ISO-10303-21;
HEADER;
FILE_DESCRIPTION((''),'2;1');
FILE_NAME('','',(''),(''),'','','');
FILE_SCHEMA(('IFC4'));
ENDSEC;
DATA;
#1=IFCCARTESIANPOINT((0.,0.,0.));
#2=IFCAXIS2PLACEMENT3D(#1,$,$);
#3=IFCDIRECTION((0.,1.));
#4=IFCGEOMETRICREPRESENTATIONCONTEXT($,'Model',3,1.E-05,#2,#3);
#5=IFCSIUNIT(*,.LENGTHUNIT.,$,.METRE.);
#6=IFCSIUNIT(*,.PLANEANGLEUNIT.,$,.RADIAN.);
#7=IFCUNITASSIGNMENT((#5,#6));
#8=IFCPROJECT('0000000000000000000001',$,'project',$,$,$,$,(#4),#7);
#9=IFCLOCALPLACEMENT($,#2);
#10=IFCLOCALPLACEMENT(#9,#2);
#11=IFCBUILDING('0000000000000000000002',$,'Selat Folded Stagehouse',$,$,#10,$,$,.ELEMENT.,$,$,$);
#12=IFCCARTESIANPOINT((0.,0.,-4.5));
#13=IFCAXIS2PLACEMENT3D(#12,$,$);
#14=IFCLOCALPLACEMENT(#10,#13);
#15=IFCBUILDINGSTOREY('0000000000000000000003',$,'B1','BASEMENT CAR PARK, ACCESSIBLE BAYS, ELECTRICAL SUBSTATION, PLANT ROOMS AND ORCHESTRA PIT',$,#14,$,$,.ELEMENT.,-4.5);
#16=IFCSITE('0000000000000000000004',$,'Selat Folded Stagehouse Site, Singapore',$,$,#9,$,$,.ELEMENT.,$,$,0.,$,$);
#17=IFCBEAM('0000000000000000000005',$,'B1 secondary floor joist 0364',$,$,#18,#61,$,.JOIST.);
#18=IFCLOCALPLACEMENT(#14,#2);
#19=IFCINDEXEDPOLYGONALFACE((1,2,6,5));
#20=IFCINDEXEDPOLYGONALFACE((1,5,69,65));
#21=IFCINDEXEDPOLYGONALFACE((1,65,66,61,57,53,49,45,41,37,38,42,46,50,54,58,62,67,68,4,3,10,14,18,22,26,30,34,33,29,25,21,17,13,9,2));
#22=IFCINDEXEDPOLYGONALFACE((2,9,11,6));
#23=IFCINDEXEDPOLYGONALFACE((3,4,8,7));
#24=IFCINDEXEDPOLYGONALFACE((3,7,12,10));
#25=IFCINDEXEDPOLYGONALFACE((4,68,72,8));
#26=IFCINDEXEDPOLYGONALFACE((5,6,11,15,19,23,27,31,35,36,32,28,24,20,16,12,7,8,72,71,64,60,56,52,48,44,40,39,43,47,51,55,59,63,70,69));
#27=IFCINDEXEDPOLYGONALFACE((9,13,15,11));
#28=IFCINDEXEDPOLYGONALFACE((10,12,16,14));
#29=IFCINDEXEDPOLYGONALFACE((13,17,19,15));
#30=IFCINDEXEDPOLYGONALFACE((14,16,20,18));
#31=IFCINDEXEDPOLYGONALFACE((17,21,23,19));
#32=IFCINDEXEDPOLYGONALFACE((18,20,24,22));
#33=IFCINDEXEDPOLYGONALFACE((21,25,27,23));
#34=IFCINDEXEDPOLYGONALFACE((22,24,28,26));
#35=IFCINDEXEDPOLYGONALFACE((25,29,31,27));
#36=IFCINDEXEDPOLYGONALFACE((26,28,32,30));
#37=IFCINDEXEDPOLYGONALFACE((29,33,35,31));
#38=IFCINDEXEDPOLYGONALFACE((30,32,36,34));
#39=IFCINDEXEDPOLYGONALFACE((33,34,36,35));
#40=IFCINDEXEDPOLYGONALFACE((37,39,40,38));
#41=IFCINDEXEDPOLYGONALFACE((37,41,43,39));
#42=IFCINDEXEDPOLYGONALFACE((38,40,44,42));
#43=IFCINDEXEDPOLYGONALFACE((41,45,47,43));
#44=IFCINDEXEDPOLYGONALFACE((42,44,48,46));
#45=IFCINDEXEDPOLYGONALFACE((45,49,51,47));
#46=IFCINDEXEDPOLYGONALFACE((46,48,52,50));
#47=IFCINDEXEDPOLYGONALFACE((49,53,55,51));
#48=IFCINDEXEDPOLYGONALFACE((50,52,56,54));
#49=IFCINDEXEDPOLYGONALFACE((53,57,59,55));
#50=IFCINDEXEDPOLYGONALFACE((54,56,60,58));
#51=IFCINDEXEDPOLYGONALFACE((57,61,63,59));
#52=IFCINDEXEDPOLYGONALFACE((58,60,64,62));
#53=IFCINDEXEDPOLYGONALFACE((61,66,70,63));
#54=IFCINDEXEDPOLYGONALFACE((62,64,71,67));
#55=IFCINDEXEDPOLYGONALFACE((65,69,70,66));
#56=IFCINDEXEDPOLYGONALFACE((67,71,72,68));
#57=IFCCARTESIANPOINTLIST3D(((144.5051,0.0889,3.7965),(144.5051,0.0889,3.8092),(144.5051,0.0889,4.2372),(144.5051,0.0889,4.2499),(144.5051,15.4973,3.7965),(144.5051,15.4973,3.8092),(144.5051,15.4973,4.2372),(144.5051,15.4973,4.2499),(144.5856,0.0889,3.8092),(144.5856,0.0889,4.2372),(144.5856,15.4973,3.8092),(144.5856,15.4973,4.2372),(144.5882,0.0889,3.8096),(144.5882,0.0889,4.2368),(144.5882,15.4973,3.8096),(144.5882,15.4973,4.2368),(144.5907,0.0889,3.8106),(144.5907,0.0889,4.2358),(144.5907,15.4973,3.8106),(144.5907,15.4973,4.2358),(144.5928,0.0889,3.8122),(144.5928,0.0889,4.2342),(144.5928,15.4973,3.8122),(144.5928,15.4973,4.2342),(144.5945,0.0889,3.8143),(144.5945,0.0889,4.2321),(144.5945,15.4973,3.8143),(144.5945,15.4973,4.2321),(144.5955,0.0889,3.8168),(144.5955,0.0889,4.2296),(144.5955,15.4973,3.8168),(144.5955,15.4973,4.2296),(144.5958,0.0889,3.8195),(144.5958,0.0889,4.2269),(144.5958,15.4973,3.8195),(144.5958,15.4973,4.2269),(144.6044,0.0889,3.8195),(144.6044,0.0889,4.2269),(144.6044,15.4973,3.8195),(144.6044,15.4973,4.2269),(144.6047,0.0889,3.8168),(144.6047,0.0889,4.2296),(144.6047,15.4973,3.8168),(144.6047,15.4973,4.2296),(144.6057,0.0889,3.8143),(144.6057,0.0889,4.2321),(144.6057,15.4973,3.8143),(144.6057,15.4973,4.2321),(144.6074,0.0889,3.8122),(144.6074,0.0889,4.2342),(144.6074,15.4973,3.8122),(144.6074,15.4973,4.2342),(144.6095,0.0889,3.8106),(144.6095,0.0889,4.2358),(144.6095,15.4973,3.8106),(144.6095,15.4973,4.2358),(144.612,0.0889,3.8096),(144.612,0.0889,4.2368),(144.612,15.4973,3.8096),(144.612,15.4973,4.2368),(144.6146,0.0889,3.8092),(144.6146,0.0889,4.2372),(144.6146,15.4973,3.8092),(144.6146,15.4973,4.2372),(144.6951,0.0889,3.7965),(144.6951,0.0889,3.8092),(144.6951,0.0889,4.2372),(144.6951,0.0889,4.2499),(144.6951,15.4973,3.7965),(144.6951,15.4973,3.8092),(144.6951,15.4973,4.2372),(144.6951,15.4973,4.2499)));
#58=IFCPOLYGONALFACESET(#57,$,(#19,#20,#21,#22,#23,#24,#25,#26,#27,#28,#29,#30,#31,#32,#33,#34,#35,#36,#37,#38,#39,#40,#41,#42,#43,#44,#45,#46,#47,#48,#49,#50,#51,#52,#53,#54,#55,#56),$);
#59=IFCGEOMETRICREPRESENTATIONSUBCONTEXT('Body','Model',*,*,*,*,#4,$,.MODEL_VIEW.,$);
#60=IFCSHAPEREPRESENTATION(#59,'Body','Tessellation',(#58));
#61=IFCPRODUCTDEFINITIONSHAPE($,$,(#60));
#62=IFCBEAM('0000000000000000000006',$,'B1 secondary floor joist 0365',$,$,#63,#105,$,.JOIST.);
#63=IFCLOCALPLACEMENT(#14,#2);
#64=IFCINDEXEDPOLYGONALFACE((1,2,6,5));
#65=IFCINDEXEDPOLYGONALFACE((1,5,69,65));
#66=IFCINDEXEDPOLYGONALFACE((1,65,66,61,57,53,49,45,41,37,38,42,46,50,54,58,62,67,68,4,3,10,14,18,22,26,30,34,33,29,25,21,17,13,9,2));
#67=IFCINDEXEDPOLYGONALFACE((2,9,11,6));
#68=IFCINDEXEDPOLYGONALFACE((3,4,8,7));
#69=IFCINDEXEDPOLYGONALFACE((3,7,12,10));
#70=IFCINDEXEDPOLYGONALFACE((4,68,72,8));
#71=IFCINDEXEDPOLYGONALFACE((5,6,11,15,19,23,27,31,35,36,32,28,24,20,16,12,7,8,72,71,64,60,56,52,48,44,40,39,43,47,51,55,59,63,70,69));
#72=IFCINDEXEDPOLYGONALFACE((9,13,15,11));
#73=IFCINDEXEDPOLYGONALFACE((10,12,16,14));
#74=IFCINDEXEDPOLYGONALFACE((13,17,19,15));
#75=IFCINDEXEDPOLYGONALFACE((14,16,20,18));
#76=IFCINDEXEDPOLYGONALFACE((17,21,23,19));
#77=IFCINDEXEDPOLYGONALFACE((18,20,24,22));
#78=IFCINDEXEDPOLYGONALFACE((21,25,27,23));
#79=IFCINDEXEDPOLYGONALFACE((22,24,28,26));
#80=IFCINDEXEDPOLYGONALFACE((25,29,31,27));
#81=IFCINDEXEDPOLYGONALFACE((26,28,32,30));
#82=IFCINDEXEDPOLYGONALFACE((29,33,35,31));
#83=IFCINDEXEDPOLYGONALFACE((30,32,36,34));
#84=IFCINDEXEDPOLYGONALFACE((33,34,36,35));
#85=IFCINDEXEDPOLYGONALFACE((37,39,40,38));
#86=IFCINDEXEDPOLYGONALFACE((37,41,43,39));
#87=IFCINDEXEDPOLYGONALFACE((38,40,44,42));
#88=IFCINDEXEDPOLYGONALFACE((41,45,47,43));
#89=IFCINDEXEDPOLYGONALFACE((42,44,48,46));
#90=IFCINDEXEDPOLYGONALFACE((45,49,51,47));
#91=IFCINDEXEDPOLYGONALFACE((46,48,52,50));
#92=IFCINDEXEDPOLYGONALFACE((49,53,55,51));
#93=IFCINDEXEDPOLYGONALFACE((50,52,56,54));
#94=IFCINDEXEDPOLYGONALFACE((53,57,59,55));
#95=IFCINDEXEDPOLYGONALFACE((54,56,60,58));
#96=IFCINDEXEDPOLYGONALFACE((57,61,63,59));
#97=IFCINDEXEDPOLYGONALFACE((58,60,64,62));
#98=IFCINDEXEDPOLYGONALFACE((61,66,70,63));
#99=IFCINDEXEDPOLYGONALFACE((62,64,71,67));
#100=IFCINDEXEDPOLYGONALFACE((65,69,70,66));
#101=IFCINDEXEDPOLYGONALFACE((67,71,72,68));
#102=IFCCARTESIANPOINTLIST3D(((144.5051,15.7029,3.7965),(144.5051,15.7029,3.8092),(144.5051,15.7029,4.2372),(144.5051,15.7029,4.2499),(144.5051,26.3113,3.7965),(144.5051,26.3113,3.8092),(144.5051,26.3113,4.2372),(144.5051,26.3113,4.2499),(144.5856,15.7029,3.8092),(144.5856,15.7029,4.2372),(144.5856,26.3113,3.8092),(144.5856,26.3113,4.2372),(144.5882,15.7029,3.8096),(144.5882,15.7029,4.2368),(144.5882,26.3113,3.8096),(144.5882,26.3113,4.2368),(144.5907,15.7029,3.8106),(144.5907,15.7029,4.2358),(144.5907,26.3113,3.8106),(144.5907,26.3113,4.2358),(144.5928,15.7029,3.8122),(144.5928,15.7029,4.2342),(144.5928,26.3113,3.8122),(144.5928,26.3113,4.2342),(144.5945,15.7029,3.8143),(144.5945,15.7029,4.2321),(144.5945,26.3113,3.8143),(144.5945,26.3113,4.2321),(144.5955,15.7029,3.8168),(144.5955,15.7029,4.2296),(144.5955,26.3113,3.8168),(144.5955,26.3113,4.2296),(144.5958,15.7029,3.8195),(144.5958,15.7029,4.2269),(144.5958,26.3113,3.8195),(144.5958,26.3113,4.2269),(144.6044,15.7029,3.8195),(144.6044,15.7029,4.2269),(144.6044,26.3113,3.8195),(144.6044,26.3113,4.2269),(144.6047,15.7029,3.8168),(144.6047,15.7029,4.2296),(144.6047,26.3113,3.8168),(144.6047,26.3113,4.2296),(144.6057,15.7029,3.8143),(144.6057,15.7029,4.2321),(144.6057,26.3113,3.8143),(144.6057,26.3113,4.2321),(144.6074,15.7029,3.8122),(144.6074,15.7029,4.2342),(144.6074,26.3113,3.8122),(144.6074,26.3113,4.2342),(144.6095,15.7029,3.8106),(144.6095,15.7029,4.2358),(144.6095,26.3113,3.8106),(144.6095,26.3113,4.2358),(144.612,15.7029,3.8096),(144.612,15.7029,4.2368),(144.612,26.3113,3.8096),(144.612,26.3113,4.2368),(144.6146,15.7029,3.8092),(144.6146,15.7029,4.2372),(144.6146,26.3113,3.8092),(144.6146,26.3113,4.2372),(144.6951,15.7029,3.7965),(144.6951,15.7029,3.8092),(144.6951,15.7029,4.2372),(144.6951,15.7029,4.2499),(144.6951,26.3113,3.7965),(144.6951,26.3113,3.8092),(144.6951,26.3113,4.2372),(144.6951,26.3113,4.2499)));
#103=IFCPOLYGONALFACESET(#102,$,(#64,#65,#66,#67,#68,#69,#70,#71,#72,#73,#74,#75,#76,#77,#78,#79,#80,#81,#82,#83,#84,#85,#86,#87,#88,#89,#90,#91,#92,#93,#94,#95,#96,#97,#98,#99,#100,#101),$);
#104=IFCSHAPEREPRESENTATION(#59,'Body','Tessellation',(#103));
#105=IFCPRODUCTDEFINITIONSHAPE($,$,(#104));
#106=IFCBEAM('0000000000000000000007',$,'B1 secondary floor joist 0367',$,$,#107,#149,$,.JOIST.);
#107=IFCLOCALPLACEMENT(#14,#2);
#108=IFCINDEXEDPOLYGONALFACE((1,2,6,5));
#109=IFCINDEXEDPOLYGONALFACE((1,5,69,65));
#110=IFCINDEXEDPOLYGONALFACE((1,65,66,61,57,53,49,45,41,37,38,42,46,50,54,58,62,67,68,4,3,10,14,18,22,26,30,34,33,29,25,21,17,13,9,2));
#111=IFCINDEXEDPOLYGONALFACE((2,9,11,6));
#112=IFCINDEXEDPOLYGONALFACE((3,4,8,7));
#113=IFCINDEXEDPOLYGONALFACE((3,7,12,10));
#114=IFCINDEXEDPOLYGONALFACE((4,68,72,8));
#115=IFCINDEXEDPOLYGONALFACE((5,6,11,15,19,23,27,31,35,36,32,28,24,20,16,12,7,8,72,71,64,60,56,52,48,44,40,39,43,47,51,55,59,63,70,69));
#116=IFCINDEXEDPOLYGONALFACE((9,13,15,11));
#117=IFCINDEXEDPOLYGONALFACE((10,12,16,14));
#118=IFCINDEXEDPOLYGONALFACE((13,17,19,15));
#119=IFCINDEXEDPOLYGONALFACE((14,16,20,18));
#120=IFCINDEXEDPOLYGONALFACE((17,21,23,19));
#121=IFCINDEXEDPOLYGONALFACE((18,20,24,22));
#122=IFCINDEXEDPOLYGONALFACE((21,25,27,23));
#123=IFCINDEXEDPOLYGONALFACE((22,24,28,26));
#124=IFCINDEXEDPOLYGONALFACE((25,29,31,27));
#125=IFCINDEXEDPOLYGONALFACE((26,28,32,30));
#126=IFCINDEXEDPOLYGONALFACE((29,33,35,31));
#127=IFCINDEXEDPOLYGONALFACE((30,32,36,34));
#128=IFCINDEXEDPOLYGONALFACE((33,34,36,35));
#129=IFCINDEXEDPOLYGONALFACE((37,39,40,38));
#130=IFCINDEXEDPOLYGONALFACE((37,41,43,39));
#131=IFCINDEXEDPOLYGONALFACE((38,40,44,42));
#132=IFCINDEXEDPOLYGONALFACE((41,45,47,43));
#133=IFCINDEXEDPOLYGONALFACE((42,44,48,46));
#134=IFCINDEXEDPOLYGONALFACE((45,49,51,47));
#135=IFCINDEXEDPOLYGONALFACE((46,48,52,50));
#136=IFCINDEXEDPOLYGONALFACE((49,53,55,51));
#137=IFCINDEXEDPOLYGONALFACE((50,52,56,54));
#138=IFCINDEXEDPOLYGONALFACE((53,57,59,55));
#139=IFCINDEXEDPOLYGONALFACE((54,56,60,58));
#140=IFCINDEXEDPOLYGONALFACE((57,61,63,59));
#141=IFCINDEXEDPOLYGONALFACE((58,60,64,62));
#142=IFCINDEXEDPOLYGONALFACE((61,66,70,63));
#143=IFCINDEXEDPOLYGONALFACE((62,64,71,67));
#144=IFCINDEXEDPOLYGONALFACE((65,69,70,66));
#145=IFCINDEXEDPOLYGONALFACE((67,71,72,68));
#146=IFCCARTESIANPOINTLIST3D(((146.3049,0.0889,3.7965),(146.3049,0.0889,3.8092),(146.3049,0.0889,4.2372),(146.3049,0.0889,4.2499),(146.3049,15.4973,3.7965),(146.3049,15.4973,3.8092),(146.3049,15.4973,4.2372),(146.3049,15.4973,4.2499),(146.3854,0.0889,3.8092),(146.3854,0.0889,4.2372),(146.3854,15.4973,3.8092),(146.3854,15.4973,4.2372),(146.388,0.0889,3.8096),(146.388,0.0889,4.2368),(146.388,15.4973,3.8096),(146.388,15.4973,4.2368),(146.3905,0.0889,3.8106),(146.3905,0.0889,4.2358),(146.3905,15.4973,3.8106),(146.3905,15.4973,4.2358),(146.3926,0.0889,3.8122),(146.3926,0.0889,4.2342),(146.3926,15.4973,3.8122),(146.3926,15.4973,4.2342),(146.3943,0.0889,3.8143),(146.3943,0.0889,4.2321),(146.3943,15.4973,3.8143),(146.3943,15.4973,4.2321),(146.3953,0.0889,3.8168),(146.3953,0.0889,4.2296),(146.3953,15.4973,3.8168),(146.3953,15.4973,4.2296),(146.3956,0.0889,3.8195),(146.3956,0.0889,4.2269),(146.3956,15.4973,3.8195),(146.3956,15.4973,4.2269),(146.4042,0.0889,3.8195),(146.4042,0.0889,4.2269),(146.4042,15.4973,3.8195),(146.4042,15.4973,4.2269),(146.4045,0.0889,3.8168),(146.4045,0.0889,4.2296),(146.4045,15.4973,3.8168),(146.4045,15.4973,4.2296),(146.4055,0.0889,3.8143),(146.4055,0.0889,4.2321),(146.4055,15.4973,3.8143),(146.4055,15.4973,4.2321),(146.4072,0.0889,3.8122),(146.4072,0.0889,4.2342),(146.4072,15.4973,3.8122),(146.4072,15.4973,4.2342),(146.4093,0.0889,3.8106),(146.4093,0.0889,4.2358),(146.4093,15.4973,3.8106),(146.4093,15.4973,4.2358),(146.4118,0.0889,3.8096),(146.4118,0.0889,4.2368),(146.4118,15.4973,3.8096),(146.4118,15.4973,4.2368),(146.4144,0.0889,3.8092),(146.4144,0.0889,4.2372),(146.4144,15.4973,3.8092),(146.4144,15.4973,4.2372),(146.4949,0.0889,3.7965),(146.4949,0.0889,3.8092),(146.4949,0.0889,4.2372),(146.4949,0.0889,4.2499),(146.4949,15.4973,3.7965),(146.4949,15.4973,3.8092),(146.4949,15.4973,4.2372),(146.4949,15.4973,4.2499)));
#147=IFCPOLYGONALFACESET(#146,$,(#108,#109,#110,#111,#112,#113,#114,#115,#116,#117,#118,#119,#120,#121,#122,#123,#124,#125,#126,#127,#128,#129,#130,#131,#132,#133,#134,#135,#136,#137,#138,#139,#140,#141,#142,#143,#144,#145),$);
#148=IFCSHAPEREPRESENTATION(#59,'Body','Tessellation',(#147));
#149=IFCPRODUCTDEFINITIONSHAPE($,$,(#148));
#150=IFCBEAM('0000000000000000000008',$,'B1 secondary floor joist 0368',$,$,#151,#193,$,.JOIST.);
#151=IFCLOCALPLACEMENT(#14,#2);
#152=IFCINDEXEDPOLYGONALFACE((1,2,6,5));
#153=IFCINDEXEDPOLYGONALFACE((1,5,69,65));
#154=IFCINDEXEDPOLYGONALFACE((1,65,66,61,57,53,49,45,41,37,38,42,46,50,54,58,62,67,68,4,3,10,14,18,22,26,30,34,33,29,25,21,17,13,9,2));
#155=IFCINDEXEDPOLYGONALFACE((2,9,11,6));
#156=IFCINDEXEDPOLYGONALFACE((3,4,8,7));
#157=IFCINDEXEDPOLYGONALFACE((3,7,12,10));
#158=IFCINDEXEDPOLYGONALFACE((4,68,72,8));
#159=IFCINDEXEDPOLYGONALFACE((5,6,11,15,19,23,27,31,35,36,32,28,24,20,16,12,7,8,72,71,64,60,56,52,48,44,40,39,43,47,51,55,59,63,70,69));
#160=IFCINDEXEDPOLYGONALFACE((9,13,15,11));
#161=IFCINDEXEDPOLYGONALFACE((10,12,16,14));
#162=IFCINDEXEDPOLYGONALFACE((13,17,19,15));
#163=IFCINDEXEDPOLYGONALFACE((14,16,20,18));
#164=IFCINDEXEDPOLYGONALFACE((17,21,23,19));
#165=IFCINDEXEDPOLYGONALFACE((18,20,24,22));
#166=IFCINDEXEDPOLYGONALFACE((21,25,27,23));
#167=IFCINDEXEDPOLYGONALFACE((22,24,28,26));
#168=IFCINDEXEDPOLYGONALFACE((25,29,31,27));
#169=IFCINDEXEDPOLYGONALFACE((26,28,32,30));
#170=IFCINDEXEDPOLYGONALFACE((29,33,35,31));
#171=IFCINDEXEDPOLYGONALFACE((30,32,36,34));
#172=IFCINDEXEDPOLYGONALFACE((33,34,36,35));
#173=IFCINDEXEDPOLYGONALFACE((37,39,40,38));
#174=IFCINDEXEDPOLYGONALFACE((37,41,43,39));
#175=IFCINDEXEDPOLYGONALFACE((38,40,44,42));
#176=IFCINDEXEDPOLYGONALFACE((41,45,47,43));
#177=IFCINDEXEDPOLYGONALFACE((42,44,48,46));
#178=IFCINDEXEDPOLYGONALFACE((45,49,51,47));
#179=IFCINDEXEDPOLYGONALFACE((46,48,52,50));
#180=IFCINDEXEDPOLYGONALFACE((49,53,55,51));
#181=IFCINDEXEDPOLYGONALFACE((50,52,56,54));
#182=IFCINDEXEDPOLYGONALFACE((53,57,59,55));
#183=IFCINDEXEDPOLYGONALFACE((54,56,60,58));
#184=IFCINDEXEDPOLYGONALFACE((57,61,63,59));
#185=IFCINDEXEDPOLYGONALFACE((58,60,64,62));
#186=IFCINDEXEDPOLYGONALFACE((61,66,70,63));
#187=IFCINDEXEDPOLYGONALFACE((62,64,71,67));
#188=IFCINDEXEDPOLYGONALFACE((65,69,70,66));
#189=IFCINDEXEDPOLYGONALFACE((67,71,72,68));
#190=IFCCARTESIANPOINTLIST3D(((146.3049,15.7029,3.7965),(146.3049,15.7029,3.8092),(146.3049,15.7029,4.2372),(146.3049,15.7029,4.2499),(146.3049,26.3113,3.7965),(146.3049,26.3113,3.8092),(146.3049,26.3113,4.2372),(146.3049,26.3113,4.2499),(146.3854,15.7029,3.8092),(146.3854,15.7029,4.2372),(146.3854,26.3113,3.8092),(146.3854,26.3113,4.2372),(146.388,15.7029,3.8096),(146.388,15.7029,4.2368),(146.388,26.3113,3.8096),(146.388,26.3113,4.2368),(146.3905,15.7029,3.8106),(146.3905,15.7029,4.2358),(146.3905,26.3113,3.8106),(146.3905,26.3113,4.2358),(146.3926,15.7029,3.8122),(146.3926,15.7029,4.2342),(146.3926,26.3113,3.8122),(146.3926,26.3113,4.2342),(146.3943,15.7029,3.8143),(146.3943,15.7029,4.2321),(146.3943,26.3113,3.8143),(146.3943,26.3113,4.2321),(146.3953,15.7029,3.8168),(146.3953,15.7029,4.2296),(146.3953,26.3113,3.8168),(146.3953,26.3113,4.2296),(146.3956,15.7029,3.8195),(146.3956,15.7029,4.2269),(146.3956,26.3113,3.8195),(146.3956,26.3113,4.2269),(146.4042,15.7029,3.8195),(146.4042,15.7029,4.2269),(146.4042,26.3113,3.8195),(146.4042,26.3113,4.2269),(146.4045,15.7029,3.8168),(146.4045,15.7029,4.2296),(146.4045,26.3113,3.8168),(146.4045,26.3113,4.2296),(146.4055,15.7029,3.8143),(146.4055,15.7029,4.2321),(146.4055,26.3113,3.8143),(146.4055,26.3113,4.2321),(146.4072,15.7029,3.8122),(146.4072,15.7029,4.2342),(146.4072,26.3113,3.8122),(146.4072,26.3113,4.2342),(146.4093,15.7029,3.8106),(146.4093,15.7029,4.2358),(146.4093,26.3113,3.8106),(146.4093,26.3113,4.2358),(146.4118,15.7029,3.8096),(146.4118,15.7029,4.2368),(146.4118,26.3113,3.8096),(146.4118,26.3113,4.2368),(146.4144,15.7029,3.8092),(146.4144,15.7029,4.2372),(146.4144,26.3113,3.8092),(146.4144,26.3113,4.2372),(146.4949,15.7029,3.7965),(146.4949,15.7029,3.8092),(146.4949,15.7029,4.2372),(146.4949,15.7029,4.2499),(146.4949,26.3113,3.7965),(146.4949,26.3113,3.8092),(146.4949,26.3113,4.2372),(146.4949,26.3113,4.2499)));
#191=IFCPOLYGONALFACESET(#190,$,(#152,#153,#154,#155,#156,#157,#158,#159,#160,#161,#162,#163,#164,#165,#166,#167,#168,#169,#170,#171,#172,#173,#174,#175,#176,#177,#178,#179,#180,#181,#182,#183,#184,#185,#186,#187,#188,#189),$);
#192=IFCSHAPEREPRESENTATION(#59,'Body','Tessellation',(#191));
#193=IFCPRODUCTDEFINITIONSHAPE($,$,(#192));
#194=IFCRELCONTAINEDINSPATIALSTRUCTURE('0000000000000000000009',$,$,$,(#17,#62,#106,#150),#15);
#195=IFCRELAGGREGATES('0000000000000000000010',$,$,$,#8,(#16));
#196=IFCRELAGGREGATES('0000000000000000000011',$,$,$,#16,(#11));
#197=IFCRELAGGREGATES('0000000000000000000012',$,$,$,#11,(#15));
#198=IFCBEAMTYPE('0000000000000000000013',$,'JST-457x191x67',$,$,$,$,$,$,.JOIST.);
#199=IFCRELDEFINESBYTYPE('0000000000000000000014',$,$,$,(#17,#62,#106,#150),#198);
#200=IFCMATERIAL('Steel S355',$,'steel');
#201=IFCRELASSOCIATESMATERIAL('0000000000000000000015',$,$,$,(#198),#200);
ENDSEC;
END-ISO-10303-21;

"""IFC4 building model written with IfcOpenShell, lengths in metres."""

from ifc_helpers import new_model, si_unit, direction, frame, origin, origin_2d, place, context, subcontext, project, spatial, i_section, extrude, material, material_profile, profile_set, type_object, element, save


model = new_model("IFC4")

# Units and contexts
model_context = context("Model", 3, precision=1e-05, world=origin(), true_north=direction((0.0, 1.0)))
body_context = subcontext(model_context, "Body", "Model", "MODEL_VIEW")
ifc_project = project(units=[si_unit("LENGTHUNIT", "METRE"), si_unit("PLANEANGLEUNIT", "RADIAN")], contexts=[model_context])

# Site, building, storey
site_placement = place(None, origin())
site = spatial("IfcSite", under=ifc_project, at=site_placement, Name="Selat Folded Stagehouse Site, Singapore", CompositionType="ELEMENT", RefElevation=0.0)
building_placement = place(site_placement, origin())
building = spatial("IfcBuilding", under=site, at=building_placement, Name="Selat Folded Stagehouse", CompositionType="ELEMENT")
storey_placement = place(building_placement, frame((0.0, 0.0, -4.5)))
storey = spatial("IfcBuildingStorey", under=building, at=storey_placement, Name="B1", Description="BASEMENT CAR PARK, ACCESSIBLE BAYS, ELECTRICAL SUBSTATION, PLANT ROOMS AND ORCHESTRA PIT", CompositionType="ELEMENT", Elevation=-4.5)

# Shared definitions
ifc_material_1 = material(Name="Steel S355", Category="steel")

# Beams
ifc_material_profile_1 = material_profile(ifc_material_1, i_section(OverallWidth=0.1899, OverallDepth=0.4534, WebThickness=0.0085, FlangeThickness=0.0127, FilletRadius=0.0103, at=origin_2d()), Name="UKB 457x191x67")
ifc_profile_set_1 = profile_set([ifc_material_profile_1], Name="Steel S355")
beam_type_1 = type_object("IfcBeamType", Name="JST-457x191x67", PredefinedType="JOIST", material=ifc_profile_set_1)
beam_1_placement = place(storey_placement, frame((144.6001, 0.0889, 4.0232), z_axis=(0.0, 1.0, 0.0), x_axis=(-1.0, 0.0, 0.0)))
element("IfcBeam", 1, at=beam_1_placement, inside=storey, type_object=beam_type_1, Name="B1 secondary floor joist 0364", PredefinedType="JOIST", context=body_context, shape_type="SweptSolid", body=[
    extrude(i_section(OverallWidth=0.1899, OverallDepth=0.4534, WebThickness=0.0085, FlangeThickness=0.0127, FilletRadius=0.0103, at=origin_2d()), origin(), (0.0, 0.0, 1.0), 15.4084),
])
beam_2_placement = place(storey_placement, frame((144.6001, 15.7029, 4.0232), z_axis=(0.0, 1.0, 0.0), x_axis=(-1.0, 0.0, 0.0)))
element("IfcBeam", 2, at=beam_2_placement, inside=storey, type_object=beam_type_1, Name="B1 secondary floor joist 0365", PredefinedType="JOIST", context=body_context, shape_type="SweptSolid", body=[
    extrude(i_section(OverallWidth=0.1899, OverallDepth=0.4534, WebThickness=0.0085, FlangeThickness=0.0127, FilletRadius=0.0103, at=origin_2d()), origin(), (0.0, 0.0, 1.0), 10.6084),
])
beam_3_placement = place(storey_placement, frame((146.3999, 0.0889, 4.0232), z_axis=(0.0, 1.0, 0.0), x_axis=(-1.0, 0.0, 0.0)))
element("IfcBeam", 3, at=beam_3_placement, inside=storey, type_object=beam_type_1, Name="B1 secondary floor joist 0367", PredefinedType="JOIST", context=body_context, shape_type="SweptSolid", body=[
    extrude(i_section(OverallWidth=0.1899, OverallDepth=0.4534, WebThickness=0.0085, FlangeThickness=0.0127, FilletRadius=0.0103, at=origin_2d()), origin(), (0.0, 0.0, 1.0), 15.4084),
])
beam_4_placement = place(storey_placement, frame((146.3999, 15.7029, 4.0232), z_axis=(0.0, 1.0, 0.0), x_axis=(-1.0, 0.0, 0.0)))
element("IfcBeam", 4, at=beam_4_placement, inside=storey, type_object=beam_type_1, Name="B1 secondary floor joist 0368", PredefinedType="JOIST", context=body_context, shape_type="SweptSolid", body=[
    extrude(i_section(OverallWidth=0.1899, OverallDepth=0.4534, WebThickness=0.0085, FlangeThickness=0.0127, FilletRadius=0.0103, at=origin_2d()), origin(), (0.0, 0.0, 1.0), 10.6084),
])

save(model, "model.ifc")
